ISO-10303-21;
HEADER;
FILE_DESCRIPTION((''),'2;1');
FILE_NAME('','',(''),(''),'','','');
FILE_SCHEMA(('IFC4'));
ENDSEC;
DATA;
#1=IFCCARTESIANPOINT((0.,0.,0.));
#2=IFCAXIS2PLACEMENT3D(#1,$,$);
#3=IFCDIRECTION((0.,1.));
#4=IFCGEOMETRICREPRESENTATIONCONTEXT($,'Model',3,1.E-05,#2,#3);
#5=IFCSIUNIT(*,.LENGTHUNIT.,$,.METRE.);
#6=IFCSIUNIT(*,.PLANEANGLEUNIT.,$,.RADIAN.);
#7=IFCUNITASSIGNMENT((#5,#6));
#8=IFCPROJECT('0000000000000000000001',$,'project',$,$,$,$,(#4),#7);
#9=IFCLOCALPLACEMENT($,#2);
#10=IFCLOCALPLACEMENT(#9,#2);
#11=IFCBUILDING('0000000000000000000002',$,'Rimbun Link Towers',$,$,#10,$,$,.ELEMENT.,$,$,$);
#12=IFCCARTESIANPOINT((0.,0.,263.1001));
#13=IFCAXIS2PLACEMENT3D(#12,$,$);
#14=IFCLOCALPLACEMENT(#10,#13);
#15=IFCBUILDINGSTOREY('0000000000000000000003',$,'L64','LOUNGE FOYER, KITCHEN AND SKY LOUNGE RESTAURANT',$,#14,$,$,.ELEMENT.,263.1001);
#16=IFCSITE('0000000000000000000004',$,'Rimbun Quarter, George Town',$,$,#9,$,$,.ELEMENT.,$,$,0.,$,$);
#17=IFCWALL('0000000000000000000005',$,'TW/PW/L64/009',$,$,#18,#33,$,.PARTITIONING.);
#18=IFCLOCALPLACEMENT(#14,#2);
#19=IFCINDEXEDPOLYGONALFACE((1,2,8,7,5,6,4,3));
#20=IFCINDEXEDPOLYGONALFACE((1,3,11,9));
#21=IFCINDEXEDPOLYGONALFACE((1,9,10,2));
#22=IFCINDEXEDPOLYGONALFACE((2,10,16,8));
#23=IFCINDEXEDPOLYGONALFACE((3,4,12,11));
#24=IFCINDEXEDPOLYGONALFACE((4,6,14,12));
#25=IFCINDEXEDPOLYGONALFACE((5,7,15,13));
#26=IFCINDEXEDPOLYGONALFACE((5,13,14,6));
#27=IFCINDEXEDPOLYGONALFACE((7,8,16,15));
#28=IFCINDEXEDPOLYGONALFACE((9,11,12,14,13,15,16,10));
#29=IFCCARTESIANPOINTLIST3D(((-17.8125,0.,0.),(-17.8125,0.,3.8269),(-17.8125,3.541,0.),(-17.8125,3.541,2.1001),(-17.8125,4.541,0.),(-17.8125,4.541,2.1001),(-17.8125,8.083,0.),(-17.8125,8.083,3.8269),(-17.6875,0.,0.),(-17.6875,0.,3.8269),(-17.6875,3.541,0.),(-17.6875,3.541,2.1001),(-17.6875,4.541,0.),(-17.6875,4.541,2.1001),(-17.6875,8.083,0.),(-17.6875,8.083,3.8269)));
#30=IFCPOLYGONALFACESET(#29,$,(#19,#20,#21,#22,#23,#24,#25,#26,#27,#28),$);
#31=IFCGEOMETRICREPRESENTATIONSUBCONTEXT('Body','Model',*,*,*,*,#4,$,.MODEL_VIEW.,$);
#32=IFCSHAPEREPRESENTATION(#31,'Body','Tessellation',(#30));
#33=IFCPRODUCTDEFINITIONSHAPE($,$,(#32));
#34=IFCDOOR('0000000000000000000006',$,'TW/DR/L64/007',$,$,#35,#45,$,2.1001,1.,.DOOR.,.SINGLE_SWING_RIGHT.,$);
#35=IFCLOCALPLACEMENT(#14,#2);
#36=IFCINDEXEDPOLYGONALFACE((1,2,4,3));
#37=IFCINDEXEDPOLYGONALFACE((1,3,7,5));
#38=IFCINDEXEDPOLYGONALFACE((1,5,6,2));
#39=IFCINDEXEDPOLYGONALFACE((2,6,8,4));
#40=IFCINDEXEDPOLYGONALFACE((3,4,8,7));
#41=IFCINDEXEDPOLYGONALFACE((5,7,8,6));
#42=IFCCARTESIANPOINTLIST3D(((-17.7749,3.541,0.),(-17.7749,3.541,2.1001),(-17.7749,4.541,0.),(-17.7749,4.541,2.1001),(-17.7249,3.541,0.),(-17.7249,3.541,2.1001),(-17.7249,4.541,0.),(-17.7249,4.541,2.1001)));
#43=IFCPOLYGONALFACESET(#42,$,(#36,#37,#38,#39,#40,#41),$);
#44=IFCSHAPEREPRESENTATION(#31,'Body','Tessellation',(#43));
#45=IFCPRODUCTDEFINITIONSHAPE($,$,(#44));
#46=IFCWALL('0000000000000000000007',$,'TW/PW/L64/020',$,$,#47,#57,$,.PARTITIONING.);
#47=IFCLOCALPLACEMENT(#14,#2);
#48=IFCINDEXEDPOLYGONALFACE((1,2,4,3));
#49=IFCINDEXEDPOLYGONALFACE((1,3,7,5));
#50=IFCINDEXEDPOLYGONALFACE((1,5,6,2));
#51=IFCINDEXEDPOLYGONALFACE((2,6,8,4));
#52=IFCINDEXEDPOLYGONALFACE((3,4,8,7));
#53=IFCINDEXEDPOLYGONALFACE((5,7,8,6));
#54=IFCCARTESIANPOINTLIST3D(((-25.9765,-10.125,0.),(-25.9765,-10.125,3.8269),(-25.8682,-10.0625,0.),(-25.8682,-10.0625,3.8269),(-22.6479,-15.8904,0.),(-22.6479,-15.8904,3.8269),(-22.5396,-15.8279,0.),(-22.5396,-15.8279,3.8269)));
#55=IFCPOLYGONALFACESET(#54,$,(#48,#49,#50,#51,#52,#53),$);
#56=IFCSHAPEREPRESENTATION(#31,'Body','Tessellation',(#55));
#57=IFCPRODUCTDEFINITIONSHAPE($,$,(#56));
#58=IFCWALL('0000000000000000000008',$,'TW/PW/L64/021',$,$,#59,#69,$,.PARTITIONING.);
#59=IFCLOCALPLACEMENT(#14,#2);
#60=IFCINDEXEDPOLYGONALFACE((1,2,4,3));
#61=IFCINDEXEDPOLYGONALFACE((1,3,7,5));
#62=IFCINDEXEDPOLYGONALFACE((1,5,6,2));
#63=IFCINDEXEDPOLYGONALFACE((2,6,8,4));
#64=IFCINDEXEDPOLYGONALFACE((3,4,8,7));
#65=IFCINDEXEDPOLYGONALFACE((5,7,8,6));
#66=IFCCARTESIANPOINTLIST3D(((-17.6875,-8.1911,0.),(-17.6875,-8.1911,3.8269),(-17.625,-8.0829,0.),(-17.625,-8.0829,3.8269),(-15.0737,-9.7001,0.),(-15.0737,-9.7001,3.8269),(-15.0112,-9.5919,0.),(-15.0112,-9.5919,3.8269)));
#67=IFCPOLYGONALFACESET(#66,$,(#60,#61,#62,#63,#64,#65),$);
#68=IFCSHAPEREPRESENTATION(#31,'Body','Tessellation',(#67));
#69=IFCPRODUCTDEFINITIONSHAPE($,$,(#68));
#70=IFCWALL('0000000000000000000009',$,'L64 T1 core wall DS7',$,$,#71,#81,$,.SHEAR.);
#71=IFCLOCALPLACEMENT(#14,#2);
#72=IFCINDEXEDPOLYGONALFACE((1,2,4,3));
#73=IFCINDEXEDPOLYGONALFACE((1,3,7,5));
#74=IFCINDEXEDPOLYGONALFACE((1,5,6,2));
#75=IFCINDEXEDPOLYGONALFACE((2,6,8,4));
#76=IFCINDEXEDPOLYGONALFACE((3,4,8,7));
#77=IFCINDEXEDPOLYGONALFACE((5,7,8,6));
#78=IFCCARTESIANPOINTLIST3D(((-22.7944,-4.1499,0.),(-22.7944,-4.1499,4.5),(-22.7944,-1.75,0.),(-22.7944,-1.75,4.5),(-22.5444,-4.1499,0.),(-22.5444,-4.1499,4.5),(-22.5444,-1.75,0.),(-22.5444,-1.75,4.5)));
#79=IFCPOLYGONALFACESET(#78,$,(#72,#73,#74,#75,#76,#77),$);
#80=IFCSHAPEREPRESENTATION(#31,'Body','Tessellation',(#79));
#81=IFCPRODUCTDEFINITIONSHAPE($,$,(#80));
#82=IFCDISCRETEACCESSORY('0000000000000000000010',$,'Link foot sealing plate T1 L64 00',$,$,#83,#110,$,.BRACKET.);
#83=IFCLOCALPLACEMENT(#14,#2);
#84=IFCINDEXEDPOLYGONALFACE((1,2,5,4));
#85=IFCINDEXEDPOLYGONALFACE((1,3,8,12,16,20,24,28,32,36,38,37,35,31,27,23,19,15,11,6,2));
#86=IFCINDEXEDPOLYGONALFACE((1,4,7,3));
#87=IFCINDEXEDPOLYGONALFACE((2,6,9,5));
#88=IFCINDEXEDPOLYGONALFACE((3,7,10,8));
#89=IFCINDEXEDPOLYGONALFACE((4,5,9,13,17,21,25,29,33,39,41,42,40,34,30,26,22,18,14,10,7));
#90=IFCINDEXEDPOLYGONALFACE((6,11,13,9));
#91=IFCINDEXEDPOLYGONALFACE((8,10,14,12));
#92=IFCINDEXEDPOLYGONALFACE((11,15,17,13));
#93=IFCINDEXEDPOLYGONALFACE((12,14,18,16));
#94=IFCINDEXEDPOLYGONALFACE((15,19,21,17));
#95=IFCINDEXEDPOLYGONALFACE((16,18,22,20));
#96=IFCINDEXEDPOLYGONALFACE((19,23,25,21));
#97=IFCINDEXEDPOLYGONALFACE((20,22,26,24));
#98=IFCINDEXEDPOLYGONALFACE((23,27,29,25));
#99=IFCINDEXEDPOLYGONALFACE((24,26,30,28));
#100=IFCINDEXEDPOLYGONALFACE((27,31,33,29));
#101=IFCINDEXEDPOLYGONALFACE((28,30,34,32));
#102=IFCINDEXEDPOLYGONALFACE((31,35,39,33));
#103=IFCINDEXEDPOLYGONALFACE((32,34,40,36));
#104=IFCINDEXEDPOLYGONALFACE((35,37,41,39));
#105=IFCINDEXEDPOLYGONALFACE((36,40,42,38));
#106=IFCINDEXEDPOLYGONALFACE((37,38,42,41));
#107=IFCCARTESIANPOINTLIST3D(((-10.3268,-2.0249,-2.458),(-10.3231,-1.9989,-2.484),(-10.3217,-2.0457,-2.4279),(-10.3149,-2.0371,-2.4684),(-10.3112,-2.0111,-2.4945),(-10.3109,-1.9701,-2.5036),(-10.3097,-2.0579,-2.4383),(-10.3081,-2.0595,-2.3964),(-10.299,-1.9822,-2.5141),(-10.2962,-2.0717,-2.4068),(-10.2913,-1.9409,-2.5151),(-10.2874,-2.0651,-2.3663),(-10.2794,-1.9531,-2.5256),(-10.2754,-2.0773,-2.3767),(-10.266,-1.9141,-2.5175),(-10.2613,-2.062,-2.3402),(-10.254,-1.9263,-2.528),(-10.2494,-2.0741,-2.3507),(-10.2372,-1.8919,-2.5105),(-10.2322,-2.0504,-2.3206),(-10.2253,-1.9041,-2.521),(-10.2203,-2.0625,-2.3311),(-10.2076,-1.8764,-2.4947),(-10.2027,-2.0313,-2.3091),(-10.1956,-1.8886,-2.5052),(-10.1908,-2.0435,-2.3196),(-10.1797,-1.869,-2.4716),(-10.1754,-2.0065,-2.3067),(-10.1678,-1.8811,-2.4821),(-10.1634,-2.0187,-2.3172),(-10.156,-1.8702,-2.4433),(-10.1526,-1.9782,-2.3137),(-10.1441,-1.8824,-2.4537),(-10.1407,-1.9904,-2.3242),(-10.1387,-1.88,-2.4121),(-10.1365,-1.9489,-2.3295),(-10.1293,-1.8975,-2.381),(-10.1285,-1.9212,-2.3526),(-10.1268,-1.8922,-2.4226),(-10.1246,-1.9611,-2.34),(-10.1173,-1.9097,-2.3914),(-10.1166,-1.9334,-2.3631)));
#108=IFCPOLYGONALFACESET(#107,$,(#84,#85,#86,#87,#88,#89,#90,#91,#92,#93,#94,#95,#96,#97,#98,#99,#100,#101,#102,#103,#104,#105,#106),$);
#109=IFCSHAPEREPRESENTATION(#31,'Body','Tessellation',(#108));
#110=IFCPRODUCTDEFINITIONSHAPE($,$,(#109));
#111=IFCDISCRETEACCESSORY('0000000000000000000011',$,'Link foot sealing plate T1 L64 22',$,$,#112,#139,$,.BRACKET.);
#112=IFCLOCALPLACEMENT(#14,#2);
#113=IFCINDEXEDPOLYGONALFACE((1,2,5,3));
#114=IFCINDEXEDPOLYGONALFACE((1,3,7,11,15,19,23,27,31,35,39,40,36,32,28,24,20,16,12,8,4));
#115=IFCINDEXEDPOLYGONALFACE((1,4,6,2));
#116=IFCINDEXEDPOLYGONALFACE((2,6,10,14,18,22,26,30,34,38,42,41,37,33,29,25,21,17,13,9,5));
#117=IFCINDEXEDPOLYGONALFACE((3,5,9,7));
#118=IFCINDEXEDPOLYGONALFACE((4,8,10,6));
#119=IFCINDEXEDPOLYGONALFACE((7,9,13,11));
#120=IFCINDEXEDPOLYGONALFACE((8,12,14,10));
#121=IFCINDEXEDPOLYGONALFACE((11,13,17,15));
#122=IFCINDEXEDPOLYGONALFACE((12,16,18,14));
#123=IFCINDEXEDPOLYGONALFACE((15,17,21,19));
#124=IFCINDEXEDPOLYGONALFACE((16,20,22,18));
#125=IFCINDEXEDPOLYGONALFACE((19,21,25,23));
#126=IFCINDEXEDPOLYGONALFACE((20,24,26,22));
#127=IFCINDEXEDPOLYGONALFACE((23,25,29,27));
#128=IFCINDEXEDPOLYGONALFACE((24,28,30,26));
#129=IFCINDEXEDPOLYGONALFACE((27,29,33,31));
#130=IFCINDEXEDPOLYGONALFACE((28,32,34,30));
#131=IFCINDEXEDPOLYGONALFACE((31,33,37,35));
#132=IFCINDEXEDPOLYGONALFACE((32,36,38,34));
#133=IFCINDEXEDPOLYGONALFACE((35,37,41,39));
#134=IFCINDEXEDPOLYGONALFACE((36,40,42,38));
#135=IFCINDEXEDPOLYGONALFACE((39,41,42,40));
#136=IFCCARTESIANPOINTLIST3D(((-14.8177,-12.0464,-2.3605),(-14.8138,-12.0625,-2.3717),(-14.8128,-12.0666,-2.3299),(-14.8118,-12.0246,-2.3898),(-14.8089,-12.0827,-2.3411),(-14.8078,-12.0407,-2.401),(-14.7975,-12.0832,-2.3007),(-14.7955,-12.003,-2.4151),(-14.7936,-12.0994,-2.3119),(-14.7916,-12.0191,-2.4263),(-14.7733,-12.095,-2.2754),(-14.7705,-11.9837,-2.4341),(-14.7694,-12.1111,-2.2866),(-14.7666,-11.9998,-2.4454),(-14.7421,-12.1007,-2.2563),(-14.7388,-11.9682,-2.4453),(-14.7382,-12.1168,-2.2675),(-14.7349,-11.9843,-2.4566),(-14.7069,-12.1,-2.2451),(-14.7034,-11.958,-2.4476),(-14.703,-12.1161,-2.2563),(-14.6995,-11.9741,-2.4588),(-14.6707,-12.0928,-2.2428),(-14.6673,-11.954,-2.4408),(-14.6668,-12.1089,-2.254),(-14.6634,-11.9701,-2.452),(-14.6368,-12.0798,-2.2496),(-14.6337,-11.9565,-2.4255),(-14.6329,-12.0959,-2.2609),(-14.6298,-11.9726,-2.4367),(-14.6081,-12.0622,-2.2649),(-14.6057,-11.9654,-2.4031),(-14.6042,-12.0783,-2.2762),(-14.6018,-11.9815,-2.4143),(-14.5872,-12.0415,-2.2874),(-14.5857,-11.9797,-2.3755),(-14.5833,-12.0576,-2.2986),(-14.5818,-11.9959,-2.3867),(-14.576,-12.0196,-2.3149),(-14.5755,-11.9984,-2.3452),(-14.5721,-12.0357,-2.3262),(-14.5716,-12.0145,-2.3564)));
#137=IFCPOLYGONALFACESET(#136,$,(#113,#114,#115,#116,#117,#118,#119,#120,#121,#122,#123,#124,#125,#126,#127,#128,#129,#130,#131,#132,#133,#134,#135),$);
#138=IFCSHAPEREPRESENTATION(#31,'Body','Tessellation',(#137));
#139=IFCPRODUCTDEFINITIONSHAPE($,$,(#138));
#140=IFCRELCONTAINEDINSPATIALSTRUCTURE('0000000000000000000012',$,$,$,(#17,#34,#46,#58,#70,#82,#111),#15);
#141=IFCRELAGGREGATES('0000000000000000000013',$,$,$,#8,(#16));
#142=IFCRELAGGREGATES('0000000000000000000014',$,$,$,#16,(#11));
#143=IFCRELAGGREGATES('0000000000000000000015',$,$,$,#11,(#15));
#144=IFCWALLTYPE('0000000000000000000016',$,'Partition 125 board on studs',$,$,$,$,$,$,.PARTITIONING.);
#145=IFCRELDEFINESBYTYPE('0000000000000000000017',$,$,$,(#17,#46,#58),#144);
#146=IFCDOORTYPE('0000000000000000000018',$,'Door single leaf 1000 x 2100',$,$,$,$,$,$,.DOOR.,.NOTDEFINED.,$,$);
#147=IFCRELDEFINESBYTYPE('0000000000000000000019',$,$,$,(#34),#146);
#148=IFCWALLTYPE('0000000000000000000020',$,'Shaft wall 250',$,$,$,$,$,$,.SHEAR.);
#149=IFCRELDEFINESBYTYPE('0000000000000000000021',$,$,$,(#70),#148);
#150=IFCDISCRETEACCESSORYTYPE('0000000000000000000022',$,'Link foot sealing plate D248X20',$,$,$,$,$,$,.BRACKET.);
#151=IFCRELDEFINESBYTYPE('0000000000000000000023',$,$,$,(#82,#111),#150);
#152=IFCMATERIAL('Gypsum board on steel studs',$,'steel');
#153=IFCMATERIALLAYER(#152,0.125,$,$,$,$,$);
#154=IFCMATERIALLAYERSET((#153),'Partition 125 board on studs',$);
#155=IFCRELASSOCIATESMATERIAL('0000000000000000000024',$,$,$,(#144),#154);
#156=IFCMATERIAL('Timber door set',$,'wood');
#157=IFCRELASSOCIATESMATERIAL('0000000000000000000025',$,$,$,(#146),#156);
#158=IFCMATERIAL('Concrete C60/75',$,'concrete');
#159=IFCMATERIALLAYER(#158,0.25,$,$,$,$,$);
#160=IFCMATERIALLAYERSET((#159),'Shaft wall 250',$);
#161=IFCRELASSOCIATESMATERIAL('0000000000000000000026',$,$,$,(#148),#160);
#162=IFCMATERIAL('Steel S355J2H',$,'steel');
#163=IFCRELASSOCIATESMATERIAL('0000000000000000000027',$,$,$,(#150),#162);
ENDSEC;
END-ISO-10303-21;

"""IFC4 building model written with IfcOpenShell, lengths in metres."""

from ifc_helpers import new_model, si_unit, direction, frame, frame_2d, origin, origin_2d, place, context, subcontext, project, spatial, rectangle, circle, extrude, material, layer, layer_set, material_profile, profile_set, type_object, element, fill, save


model = new_model("IFC4")

# Units and contexts
model_context = context("Model", 3, precision=1e-05, world=origin(), true_north=direction((0.0, 1.0)))
body_context = subcontext(model_context, "Body", "Model", "MODEL_VIEW")
ifc_project = project(units=[si_unit("LENGTHUNIT", "METRE"), si_unit("PLANEANGLEUNIT", "RADIAN")], contexts=[model_context])

# Site, building, storey
site_placement = place(None, origin())
site = spatial("IfcSite", under=ifc_project, at=site_placement, Name="Rimbun Quarter, George Town", CompositionType="ELEMENT", RefElevation=0.0)
building_placement = place(site_placement, origin())
building = spatial("IfcBuilding", under=site, at=building_placement, Name="Rimbun Link Towers", CompositionType="ELEMENT")
storey_placement = place(building_placement, frame((0.0, 0.0, 263.1001)))
storey = spatial("IfcBuildingStorey", under=building, at=storey_placement, Name="L64", Description="LOUNGE FOYER, KITCHEN AND SKY LOUNGE RESTAURANT", CompositionType="ELEMENT", Elevation=263.1001)

# Shared definitions
ifc_material_1 = material(Name="Gypsum board on steel studs", Category="steel")
ifc_layer_1 = layer(ifc_material_1, 0.125)
ifc_layer_set_1 = layer_set([ifc_layer_1], Name="Partition 125 board on studs")
wall_type_1 = type_object("IfcWallType", Name="Partition 125 board on studs", PredefinedType="PARTITIONING", material=ifc_layer_set_1)

# Wall, opening, door
ifc_material_2 = material(Name="Timber door set", Category="wood")
door_type_1 = type_object("IfcDoorType", Name="Door single leaf 1000 x 2100", OperationType="NOTDEFINED", PredefinedType="DOOR", material=ifc_material_2)
wall_1_placement = place(storey_placement, frame((-17.75, 0.0, 0.0), z_axis=(0.0, 0.0, 1.0), x_axis=(0.0, 1.0, 0.0)))
wall_1 = element("IfcWall", 1, at=wall_1_placement, inside=storey, type_object=wall_type_1, Name="TW/PW/L64/009", PredefinedType="PARTITIONING", context=body_context, shape_type="SweptSolid", body=[
    extrude(rectangle(XDim=8.083, YDim=0.125, at=frame_2d((4.0415, 0.0))), origin(), (0.0, 0.0, 1.0), 3.8269),
])
opening_1_placement = place(wall_1_placement, frame((3.541, 0.0, 0.0)))
opening_1 = element("IfcOpeningElement", 2, at=opening_1_placement, cuts=wall_1, PredefinedType="OPENING", context=body_context, shape_type="SweptSolid", body=[
    extrude(rectangle(XDim=1.0, YDim=2.1001, at=frame_2d((0.5, 1.05))), frame((0.0, 0.0725, 0.0), z_axis=(0.0, -1.0, 0.0), x_axis=(1.0, 0.0, 0.0)), (0.0, 0.0, 1.0), 0.145),
])
door_1_placement = place(opening_1_placement, origin())
door_1 = element("IfcDoor", 3, at=door_1_placement, inside=storey, type_object=door_type_1, Name="TW/DR/L64/007", OperationType="SINGLE_SWING_RIGHT", OverallHeight=2.1001, OverallWidth=1.0, PredefinedType="DOOR", context=body_context, shape_type="SweptSolid", body=[
    extrude(rectangle(XDim=1.0, YDim=2.1001, at=frame_2d((0.5, 1.05))), frame((0.0, 0.0249, 0.0), z_axis=(0.0, -1.0, 0.0), x_axis=(1.0, 0.0, 0.0)), (0.0, 0.0, 1.0), 0.05),
])
fill(opening_1, door_1)

# Walls
wall_2_placement = place(storey_placement, frame((-22.5938, -15.8591, 0.0), z_axis=(0.0, 0.0, 1.0), x_axis=(-0.499997, 0.866027, 0.0)))
element("IfcWall", 4, at=wall_2_placement, inside=storey, type_object=wall_type_1, Name="TW/PW/L64/020", PredefinedType="PARTITIONING", context=body_context, shape_type="SweptSolid", body=[
    extrude(rectangle(XDim=6.6572, YDim=0.125, at=frame_2d((3.3286, 0.0))), origin(), (0.0, 0.0, 1.0), 3.8269),
])
wall_3_placement = place(storey_placement, frame((-15.0425, -9.646, 0.0), z_axis=(0.0, 0.0, 1.0), x_axis=(-0.866029, 0.499993, 0.0)))
element("IfcWall", 5, at=wall_3_placement, inside=storey, type_object=wall_type_1, Name="TW/PW/L64/021", PredefinedType="PARTITIONING", context=body_context, shape_type="SweptSolid", body=[
    extrude(rectangle(XDim=3.0181, YDim=0.125, at=frame_2d((1.509, 0.0))), origin(), (0.0, 0.0, 1.0), 3.8269),
])
ifc_material_3 = material(Name="Concrete C60/75", Category="concrete")
ifc_layer_2 = layer(ifc_material_3, 0.25)
ifc_layer_set_2 = layer_set([ifc_layer_2], Name="Shaft wall 250")
wall_type_2 = type_object("IfcWallType", Name="Shaft wall 250", PredefinedType="SHEAR", material=ifc_layer_set_2)
wall_4_placement = place(storey_placement, frame((-22.6694, -4.1499, 0.0), z_axis=(0.0, 0.0, 1.0), x_axis=(0.0, 1.0, 0.0)))
element("IfcWall", 6, at=wall_4_placement, inside=storey, type_object=wall_type_2, Name="L64 T1 core wall DS7", PredefinedType="SHEAR", context=body_context, shape_type="SweptSolid", body=[
    extrude(rectangle(XDim=2.3999, YDim=0.25, at=frame_2d((1.2, 0.0))), origin(), (0.0, 0.0, 1.0), 4.5),
])

# Discrete accessories
ifc_material_4 = material(Name="Steel S355J2H", Category="steel")
ifc_material_profile_1 = material_profile(ifc_material_4, circle(Radius=0.124, at=origin_2d()), Name="PL D248")
ifc_profile_set_1 = profile_set([ifc_material_profile_1], Name="Steel S355J2H")
discrete_accessory_type = type_object("IfcDiscreteAccessoryType", Name="Link foot sealing plate D248X20", PredefinedType="BRACKET", material=ifc_profile_set_1)
for number, where, z_axis, x_axis, name in (
    (7, (-10.2273, -1.9668, -2.4121), (0.596409, -0.608581, -0.523379), (0.714213, 0.699929, 0.0), "Link foot sealing plate T1 L64 00"),
    (8, (-14.696, -12.0276, -2.3452), (0.195064, -0.804639, -0.560809), (0.97185, 0.2356, 0.0), "Link foot sealing plate T1 L64 22"),
):
    element("IfcDiscreteAccessory", number, at=place(storey_placement, frame(where, z_axis=z_axis, x_axis=x_axis)), inside=storey, type_object=discrete_accessory_type, Name=name, PredefinedType="BRACKET", context=body_context, shape_type="SweptSolid", body=[
        extrude(circle(Radius=0.124, at=origin_2d()), origin(), (0.0, 0.0, 1.0), 0.02),
    ])

save(model, "model.ifc")
